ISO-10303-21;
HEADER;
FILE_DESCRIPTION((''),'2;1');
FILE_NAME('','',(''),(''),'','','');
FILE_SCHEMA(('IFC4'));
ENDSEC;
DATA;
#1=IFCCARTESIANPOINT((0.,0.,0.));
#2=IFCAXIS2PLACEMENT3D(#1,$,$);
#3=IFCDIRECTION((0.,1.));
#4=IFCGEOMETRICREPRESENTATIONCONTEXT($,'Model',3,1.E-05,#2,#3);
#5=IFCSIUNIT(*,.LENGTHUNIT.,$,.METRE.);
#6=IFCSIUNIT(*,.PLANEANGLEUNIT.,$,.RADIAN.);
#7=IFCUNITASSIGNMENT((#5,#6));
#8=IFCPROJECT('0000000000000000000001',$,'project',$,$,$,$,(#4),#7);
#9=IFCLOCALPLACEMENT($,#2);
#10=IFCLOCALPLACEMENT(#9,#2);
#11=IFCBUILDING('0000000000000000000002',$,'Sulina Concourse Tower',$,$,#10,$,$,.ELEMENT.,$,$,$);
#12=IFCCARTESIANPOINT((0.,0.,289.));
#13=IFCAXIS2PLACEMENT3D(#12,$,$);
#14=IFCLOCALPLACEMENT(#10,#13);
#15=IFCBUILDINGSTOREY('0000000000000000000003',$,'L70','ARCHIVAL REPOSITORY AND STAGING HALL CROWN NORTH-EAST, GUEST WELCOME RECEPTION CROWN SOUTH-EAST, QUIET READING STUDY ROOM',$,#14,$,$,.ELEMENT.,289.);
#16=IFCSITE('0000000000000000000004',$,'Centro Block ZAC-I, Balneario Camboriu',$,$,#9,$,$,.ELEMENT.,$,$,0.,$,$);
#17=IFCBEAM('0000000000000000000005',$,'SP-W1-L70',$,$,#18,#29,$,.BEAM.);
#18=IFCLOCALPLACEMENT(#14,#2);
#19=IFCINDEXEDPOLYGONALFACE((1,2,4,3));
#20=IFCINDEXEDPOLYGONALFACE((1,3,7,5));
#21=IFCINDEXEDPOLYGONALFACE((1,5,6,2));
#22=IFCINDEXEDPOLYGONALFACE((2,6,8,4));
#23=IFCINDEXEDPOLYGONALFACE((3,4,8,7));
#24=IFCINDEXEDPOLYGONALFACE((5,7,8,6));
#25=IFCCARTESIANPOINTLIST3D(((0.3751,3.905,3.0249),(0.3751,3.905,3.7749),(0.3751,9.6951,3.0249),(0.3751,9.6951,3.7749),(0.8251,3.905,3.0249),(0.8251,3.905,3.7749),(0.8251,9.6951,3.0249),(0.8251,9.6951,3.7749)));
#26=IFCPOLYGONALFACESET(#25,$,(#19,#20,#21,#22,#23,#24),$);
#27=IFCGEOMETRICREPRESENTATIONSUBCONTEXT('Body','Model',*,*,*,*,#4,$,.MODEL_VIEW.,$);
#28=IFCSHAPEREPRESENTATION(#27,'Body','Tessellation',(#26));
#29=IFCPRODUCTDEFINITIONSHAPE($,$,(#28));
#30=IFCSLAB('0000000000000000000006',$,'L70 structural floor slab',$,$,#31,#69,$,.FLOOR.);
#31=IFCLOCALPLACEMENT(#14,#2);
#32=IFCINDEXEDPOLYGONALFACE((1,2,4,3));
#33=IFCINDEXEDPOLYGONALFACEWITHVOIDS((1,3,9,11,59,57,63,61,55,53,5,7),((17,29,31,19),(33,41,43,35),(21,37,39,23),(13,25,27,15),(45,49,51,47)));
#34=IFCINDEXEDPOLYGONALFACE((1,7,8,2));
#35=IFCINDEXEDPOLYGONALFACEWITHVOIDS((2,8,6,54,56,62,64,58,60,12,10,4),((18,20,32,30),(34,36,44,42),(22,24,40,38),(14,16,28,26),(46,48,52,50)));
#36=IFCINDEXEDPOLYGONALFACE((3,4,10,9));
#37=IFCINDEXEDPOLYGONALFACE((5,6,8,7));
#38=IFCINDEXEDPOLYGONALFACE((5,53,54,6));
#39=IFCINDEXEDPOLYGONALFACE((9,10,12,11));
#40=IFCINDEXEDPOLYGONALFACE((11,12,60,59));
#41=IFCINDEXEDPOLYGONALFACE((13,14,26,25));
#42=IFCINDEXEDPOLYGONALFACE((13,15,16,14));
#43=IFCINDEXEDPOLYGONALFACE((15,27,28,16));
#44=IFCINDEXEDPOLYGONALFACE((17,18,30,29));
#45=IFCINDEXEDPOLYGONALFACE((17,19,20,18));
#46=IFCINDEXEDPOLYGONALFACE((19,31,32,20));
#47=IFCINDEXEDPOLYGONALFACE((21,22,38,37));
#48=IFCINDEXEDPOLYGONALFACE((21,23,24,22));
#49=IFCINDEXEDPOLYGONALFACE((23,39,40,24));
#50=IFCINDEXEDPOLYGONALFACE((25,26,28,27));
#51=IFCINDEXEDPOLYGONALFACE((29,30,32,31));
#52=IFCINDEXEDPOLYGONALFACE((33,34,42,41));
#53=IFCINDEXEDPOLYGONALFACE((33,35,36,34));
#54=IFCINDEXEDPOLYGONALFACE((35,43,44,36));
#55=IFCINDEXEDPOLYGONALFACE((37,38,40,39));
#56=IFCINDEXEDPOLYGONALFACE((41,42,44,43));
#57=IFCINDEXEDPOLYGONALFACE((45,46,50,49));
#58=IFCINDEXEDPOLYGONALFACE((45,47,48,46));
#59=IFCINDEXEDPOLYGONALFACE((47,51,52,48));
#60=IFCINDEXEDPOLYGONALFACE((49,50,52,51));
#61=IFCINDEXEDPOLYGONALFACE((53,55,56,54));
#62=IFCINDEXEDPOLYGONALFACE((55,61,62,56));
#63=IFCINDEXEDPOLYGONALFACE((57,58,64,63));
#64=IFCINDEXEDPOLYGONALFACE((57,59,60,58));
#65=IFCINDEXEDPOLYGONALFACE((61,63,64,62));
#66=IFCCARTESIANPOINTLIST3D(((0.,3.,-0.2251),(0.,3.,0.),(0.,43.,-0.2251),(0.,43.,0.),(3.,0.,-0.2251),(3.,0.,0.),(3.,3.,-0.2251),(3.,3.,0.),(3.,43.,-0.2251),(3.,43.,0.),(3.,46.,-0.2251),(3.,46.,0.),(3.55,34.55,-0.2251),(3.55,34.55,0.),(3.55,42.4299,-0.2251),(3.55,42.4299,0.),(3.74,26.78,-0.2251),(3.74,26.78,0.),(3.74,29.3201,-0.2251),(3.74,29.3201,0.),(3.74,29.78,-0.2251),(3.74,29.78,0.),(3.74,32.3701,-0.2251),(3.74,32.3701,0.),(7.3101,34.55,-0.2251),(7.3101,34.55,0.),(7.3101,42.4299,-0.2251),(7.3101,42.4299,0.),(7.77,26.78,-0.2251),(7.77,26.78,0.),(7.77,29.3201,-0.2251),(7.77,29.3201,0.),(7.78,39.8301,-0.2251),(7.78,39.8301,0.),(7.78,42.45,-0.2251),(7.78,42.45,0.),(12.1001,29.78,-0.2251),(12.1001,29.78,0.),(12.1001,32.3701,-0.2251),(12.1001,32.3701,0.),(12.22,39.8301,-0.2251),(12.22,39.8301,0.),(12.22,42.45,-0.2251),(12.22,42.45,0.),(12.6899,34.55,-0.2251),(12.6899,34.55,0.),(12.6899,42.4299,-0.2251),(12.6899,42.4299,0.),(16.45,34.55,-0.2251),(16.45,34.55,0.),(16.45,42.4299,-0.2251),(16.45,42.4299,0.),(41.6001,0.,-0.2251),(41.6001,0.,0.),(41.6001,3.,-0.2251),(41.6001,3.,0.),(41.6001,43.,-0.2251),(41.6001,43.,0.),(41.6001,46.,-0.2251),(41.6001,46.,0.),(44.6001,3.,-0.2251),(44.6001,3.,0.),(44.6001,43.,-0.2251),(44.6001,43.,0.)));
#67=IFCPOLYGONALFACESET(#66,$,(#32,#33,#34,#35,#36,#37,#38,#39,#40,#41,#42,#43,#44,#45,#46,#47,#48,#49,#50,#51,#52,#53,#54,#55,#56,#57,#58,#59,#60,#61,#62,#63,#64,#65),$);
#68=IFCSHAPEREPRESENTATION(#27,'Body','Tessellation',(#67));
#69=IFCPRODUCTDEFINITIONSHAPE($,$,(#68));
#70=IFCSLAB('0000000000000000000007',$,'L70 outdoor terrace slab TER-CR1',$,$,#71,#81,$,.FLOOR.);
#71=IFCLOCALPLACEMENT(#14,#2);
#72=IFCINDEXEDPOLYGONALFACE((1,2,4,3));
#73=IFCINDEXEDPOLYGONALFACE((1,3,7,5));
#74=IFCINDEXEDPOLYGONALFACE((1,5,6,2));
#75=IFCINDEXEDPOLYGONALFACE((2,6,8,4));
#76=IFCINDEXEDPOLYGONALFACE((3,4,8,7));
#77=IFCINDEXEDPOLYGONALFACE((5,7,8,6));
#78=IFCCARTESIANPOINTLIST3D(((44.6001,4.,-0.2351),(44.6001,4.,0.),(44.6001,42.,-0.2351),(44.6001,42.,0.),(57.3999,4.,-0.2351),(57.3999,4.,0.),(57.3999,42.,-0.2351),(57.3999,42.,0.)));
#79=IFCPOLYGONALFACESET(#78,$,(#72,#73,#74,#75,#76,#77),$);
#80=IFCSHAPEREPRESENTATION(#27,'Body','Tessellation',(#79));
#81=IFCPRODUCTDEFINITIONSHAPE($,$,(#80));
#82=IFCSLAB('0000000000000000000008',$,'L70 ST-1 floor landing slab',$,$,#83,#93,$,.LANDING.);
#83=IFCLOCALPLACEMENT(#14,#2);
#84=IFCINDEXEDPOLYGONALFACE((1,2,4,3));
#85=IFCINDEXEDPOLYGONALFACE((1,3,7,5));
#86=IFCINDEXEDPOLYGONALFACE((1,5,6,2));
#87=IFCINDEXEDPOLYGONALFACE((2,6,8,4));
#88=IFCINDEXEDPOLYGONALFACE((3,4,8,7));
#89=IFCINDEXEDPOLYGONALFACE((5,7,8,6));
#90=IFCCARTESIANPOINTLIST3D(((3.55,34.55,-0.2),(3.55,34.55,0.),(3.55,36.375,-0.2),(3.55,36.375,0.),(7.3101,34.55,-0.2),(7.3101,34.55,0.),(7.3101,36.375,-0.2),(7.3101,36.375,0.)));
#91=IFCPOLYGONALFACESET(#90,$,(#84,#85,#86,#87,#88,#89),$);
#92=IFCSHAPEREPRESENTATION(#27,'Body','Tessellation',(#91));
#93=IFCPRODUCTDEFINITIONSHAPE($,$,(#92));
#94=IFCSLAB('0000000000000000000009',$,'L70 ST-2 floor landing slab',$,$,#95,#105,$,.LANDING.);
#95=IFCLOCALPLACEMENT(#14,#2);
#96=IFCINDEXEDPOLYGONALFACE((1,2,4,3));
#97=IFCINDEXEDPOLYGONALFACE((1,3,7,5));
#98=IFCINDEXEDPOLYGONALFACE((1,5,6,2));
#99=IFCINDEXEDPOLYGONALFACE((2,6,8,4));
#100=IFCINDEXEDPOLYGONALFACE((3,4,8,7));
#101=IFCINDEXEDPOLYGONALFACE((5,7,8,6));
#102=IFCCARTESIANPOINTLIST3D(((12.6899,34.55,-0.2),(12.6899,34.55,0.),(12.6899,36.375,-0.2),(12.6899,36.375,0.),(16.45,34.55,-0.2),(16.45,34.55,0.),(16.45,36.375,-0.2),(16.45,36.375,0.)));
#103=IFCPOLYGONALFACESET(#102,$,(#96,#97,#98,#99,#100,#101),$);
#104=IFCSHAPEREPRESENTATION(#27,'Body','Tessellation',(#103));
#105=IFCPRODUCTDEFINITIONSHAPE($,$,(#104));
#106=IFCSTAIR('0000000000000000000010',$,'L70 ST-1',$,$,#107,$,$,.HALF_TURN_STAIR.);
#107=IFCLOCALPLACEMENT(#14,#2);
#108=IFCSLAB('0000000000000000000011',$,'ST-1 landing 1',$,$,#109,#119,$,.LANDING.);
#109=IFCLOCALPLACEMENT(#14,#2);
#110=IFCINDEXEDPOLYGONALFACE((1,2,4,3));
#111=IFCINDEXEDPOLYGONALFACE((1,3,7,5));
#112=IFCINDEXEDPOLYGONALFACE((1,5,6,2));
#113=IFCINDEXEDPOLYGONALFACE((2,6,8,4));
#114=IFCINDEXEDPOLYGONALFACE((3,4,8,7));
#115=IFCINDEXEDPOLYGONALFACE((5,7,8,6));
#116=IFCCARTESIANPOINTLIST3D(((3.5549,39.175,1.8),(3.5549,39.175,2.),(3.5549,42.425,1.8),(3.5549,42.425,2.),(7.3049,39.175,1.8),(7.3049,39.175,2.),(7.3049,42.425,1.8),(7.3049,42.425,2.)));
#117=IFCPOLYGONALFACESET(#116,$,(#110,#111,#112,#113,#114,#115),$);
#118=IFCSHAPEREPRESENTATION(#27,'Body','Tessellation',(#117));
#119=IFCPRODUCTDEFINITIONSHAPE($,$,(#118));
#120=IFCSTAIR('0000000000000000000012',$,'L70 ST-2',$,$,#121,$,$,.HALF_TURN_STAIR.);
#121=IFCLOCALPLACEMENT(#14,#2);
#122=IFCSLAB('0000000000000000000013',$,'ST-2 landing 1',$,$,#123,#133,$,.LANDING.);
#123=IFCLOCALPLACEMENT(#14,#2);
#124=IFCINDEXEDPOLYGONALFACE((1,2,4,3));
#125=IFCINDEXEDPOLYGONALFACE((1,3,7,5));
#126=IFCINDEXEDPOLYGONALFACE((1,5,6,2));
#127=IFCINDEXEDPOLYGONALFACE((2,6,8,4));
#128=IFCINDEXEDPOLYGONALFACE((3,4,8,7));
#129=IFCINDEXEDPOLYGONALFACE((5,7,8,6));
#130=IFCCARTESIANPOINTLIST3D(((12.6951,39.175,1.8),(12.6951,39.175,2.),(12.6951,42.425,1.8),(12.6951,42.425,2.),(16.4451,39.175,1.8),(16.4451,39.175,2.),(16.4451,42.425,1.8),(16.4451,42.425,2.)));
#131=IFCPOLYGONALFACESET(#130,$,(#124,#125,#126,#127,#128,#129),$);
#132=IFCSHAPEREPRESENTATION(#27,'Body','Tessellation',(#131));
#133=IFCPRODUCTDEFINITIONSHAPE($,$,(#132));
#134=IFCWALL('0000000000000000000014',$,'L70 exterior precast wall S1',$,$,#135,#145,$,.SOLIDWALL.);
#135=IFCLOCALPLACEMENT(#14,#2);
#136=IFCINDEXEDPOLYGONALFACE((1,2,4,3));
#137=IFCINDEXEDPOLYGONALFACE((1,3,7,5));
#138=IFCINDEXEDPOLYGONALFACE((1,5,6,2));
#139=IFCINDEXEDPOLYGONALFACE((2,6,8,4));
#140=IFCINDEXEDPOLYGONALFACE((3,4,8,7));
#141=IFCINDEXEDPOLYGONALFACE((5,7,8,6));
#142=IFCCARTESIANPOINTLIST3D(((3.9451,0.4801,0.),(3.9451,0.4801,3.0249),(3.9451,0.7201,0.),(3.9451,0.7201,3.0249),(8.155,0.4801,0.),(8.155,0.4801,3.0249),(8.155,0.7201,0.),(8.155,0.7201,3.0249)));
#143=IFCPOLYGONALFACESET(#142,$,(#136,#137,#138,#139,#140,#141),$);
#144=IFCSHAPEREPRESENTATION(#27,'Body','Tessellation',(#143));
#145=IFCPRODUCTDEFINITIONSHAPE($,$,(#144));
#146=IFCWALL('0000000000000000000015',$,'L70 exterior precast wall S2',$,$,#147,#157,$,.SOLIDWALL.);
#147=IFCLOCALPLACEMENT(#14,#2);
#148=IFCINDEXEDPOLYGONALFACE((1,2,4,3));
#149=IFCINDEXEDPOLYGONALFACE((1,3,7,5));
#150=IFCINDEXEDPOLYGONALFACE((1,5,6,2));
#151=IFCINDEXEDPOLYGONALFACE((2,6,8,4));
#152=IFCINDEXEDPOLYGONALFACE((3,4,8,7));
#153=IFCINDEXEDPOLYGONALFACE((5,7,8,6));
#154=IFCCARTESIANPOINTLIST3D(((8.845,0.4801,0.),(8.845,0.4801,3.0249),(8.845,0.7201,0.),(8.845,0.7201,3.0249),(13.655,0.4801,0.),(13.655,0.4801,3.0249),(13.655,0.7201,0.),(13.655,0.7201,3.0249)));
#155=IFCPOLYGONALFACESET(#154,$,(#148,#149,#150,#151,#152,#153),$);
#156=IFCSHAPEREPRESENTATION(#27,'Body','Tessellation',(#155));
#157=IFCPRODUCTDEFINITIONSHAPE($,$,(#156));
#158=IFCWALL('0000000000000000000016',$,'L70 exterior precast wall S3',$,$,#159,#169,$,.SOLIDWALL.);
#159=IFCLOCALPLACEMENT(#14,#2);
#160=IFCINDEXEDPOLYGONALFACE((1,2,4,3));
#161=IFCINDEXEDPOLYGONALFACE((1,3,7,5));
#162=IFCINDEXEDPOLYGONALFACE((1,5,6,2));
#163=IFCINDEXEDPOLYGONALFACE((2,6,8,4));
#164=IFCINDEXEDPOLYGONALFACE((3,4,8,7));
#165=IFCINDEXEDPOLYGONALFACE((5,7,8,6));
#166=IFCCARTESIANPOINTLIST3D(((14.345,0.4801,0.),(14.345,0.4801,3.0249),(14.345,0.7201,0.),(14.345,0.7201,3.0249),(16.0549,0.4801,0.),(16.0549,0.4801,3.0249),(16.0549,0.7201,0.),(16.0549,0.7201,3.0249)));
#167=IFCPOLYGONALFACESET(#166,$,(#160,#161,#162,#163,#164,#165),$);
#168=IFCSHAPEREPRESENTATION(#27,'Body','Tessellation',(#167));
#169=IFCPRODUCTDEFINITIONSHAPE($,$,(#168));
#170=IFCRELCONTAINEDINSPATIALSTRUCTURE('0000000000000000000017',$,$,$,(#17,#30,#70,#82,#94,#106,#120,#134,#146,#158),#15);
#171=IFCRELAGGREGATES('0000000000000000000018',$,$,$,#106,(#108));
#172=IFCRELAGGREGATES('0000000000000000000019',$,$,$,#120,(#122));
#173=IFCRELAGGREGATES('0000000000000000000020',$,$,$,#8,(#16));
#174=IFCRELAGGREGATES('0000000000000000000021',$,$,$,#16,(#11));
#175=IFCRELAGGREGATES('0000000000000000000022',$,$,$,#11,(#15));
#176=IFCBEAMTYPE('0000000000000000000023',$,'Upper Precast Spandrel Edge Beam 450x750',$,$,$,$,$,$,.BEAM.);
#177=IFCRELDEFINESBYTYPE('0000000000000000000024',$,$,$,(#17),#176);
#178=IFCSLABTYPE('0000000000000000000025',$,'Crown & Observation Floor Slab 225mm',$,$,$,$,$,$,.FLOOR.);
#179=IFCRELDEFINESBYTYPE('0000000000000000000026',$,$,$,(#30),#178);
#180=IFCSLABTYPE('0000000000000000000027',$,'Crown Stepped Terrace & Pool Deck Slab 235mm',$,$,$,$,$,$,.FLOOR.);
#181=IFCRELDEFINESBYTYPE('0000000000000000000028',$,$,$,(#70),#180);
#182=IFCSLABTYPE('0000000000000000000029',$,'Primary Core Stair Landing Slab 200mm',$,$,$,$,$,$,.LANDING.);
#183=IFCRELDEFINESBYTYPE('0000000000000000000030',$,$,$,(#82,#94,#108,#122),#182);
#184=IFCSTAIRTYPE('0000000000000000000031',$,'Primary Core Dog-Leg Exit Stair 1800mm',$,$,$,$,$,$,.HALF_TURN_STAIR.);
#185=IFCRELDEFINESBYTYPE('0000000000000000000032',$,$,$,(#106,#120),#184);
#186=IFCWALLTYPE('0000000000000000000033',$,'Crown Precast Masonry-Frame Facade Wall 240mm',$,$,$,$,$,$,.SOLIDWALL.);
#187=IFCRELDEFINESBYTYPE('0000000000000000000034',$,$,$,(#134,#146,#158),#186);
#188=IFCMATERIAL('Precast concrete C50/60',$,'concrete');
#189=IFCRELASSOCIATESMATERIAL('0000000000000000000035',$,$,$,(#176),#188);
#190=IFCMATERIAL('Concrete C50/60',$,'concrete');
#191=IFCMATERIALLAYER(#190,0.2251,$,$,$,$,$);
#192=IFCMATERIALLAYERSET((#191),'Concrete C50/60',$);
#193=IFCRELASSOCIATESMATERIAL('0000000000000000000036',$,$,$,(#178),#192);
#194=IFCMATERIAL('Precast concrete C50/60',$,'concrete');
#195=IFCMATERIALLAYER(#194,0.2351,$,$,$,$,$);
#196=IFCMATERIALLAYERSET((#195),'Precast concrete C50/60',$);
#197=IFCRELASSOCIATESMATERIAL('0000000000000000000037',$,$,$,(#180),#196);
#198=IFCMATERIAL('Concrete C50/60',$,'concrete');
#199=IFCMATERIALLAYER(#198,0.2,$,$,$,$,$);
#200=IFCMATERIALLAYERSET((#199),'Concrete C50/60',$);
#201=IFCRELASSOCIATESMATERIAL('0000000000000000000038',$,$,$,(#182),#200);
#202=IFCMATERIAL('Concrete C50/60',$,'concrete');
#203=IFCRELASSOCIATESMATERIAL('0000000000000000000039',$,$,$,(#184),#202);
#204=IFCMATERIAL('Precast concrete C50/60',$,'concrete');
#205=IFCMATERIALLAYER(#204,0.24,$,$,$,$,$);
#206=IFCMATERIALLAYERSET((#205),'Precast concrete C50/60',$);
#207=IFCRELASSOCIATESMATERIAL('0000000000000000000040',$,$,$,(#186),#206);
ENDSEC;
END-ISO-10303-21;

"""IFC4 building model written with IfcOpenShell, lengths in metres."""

from ifc_helpers import new_model, si_unit, direction, frame, frame_2d, origin, origin_2d, place, context, subcontext, project, spatial, polyline, rectangle, outline, extrude, material, layer, layer_set, material_profile, profile_set, type_object, element, aggregate, save


model = new_model("IFC4")

# Units and contexts
model_context = context("Model", 3, precision=1e-05, world=origin(), true_north=direction((0.0, 1.0)))
body_context = subcontext(model_context, "Body", "Model", "MODEL_VIEW")
ifc_project = project(units=[si_unit("LENGTHUNIT", "METRE"), si_unit("PLANEANGLEUNIT", "RADIAN")], contexts=[model_context])

# Site, building, storey
site_placement = place(None, origin())
site = spatial("IfcSite", under=ifc_project, at=site_placement, Name="Centro Block ZAC-I, Balneario Camboriu", CompositionType="ELEMENT", RefElevation=0.0)
building_placement = place(site_placement, origin())
building = spatial("IfcBuilding", under=site, at=building_placement, Name="Sulina Concourse Tower", CompositionType="ELEMENT")
storey_placement = place(building_placement, frame((0.0, 0.0, 289.0)))
storey = spatial("IfcBuildingStorey", under=building, at=storey_placement, Name="L70", Description="ARCHIVAL REPOSITORY AND STAGING HALL CROWN NORTH-EAST, GUEST WELCOME RECEPTION CROWN SOUTH-EAST, QUIET READING STUDY ROOM", CompositionType="ELEMENT", Elevation=289.0)

# Beam
ifc_material_1 = material(Name="Precast concrete C50/60", Category="concrete")
ifc_material_profile_1 = material_profile(ifc_material_1, rectangle(XDim=0.45, YDim=0.75, at=origin_2d()), Name="RC 450x750")
ifc_profile_set_1 = profile_set([ifc_material_profile_1], Name="Precast concrete C50/60")
beam_type_1 = type_object("IfcBeamType", Name="Upper Precast Spandrel Edge Beam 450x750", PredefinedType="BEAM", material=ifc_profile_set_1)
beam_1_placement = place(storey_placement, frame((0.6001, 3.905, 3.3999), z_axis=(0.0, 1.0, 0.0), x_axis=(-1.0, 0.0, 0.0)))
element("IfcBeam", 1, at=beam_1_placement, inside=storey, type_object=beam_type_1, Name="SP-W1-L70", PredefinedType="BEAM", context=body_context, shape_type="SweptSolid", body=[
    extrude(rectangle(XDim=0.45, YDim=0.75, at=origin_2d()), origin(), (0.0, 0.0, 1.0), 5.79),
])

# Slabs
ifc_material_2 = material(Name="Concrete C50/60", Category="concrete")
ifc_layer_1 = layer(ifc_material_2, 0.2251)
ifc_layer_set_1 = layer_set([ifc_layer_1], Name="Concrete C50/60")
slab_type_1 = type_object("IfcSlabType", Name="Crown & Observation Floor Slab 225mm", PredefinedType="FLOOR", material=ifc_layer_set_1)
slab_1_placement = place(storey_placement, frame((0.0, 0.0, -0.2251)))
element("IfcSlab", 2, at=slab_1_placement, inside=storey, type_object=slab_type_1, Name="L70 structural floor slab", PredefinedType="FLOOR", context=body_context, shape_type="SweptSolid", body=[
    extrude(outline(polyline([(3.0, 0.0), (41.6001, 0.0), (41.6001, 3.0), (44.6001, 3.0), (44.6001, 43.0), (41.6001, 43.0), (41.6001, 46.0), (3.0, 46.0), (3.0, 43.0), (0.0, 43.0), (0.0, 3.0), (3.0, 3.0), (3.0, 0.0)]), holes=[polyline([(7.3101, 34.55), (7.3101, 42.4299), (3.55, 42.4299), (3.55, 34.55), (7.3101, 34.55)]), polyline([(16.45, 34.55), (16.45, 42.4299), (12.6899, 42.4299), (12.6899, 34.55), (16.45, 34.55)]), polyline([(7.78, 39.8301), (12.22, 39.8301), (12.22, 42.45), (7.78, 42.45), (7.78, 39.8301)]), polyline([(3.74, 26.78), (7.77, 26.78), (7.77, 29.3201), (3.74, 29.3201), (3.74, 26.78)]), polyline([(3.74, 29.78), (12.1001, 29.78), (12.1001, 32.3701), (3.74, 32.3701), (3.74, 29.78)])]), origin(), (0.0, 0.0, 1.0), 0.2251),
])
ifc_material_3 = material(Name="Precast concrete C50/60", Category="concrete")
ifc_layer_2 = layer(ifc_material_3, 0.2351)
ifc_layer_set_2 = layer_set([ifc_layer_2], Name="Precast concrete C50/60")
slab_type_2 = type_object("IfcSlabType", Name="Crown Stepped Terrace & Pool Deck Slab 235mm", PredefinedType="FLOOR", material=ifc_layer_set_2)
slab_2_placement = place(storey_placement, frame((0.0, 0.0, -0.2351)))
element("IfcSlab", 3, at=slab_2_placement, inside=storey, type_object=slab_type_2, Name="L70 outdoor terrace slab TER-CR1", PredefinedType="FLOOR", context=body_context, shape_type="SweptSolid", body=[
    extrude(outline(polyline([(44.6001, 4.0), (57.3999, 4.0), (57.3999, 42.0), (44.6001, 42.0), (44.6001, 4.0)])), origin(), (0.0, 0.0, 1.0), 0.2351),
])
ifc_material_4 = material(Name="Concrete C50/60", Category="concrete")
ifc_layer_3 = layer(ifc_material_4, 0.2)
ifc_layer_set_3 = layer_set([ifc_layer_3], Name="Concrete C50/60")
slab_type_3 = type_object("IfcSlabType", Name="Primary Core Stair Landing Slab 200mm", PredefinedType="LANDING", material=ifc_layer_set_3)
slab_3_placement = place(storey_placement, frame((0.0, 0.0, -0.2)))
element("IfcSlab", 4, at=slab_3_placement, inside=storey, type_object=slab_type_3, Name="L70 ST-1 floor landing slab", PredefinedType="LANDING", context=body_context, shape_type="SweptSolid", body=[
    extrude(outline(polyline([(7.3101, 34.55), (7.3101, 36.375), (3.55, 36.375), (3.55, 34.55), (7.3101, 34.55)])), origin(), (0.0, 0.0, 1.0), 0.2),
])
slab_4_placement = place(storey_placement, frame((0.0, 0.0, -0.2)))
element("IfcSlab", 5, at=slab_4_placement, inside=storey, type_object=slab_type_3, Name="L70 ST-2 floor landing slab", PredefinedType="LANDING", context=body_context, shape_type="SweptSolid", body=[
    extrude(outline(polyline([(16.45, 34.55), (16.45, 36.375), (12.6899, 36.375), (12.6899, 34.55), (16.45, 34.55)])), origin(), (0.0, 0.0, 1.0), 0.2),
])

# Stairs, slabs
ifc_material_5 = material(Name="Concrete C50/60", Category="concrete")
stair_type = type_object("IfcStairType", Name="Primary Core Dog-Leg Exit Stair 1800mm", PredefinedType="HALF_TURN_STAIR", material=ifc_material_5)
stair_1_placement = place(storey_placement, origin())
stair_1 = element("IfcStair", 6, at=stair_1_placement, inside=storey, type_object=stair_type, Name="L70 ST-1", PredefinedType="HALF_TURN_STAIR")
slab_5_placement = place(storey_placement, frame((0.0, 0.0, 1.8)))
slab_5 = element("IfcSlab", 7, at=slab_5_placement, type_object=slab_type_3, Name="ST-1 landing 1", PredefinedType="LANDING", context=body_context, shape_type="SweptSolid", body=[
    extrude(outline(polyline([(7.3049, 39.175), (7.3049, 42.425), (3.5549, 42.425), (3.5549, 39.175), (7.3049, 39.175)])), origin(), (0.0, 0.0, 1.0), 0.2),
])
aggregate(stair_1, [slab_5])
stair_2_placement = place(storey_placement, origin())
stair_2 = element("IfcStair", 8, at=stair_2_placement, inside=storey, type_object=stair_type, Name="L70 ST-2", PredefinedType="HALF_TURN_STAIR")
slab_6_placement = place(storey_placement, frame((0.0, 0.0, 1.8)))
slab_6 = element("IfcSlab", 9, at=slab_6_placement, type_object=slab_type_3, Name="ST-2 landing 1", PredefinedType="LANDING", context=body_context, shape_type="SweptSolid", body=[
    extrude(outline(polyline([(16.4451, 39.175), (16.4451, 42.425), (12.6951, 42.425), (12.6951, 39.175), (16.4451, 39.175)])), origin(), (0.0, 0.0, 1.0), 0.2),
])
aggregate(stair_2, [slab_6])

# Walls
ifc_material_6 = material(Name="Precast concrete C50/60", Category="concrete")
ifc_layer_4 = layer(ifc_material_6, 0.24)
ifc_layer_set_4 = layer_set([ifc_layer_4], Name="Precast concrete C50/60")
wall_type_1 = type_object("IfcWallType", Name="Crown Precast Masonry-Frame Facade Wall 240mm", PredefinedType="SOLIDWALL", material=ifc_layer_set_4)
wall_1_placement = place(storey_placement, frame((8.155, 0.6001, 0.0), z_axis=(0.0, 0.0, 1.0), x_axis=(-1.0, 0.0, 0.0)))
element("IfcWall", 10, at=wall_1_placement, inside=storey, type_object=wall_type_1, Name="L70 exterior precast wall S1", PredefinedType="SOLIDWALL", context=body_context, shape_type="SweptSolid", body=[
    extrude(rectangle(XDim=4.21, YDim=0.24, at=frame_2d((2.105, 0.0))), origin(), (0.0, 0.0, 1.0), 3.0249),
])
wall_2_placement = place(storey_placement, frame((13.655, 0.6001, 0.0), z_axis=(0.0, 0.0, 1.0), x_axis=(-1.0, 0.0, 0.0)))
element("IfcWall", 11, at=wall_2_placement, inside=storey, type_object=wall_type_1, Name="L70 exterior precast wall S2", PredefinedType="SOLIDWALL", context=body_context, shape_type="SweptSolid", body=[
    extrude(rectangle(XDim=4.8101, YDim=0.24, at=frame_2d((2.405, 0.0))), origin(), (0.0, 0.0, 1.0), 3.0249),
])
wall_3_placement = place(storey_placement, frame((16.0549, 0.6001, 0.0), z_axis=(0.0, 0.0, 1.0), x_axis=(-1.0, 0.0, 0.0)))
element("IfcWall", 12, at=wall_3_placement, inside=storey, type_object=wall_type_1, Name="L70 exterior precast wall S3", PredefinedType="SOLIDWALL", context=body_context, shape_type="SweptSolid", body=[
    extrude(rectangle(XDim=1.71, YDim=0.24, at=frame_2d((0.855, 0.0))), origin(), (0.0, 0.0, 1.0), 3.0249),
])

save(model, "model.ifc")
